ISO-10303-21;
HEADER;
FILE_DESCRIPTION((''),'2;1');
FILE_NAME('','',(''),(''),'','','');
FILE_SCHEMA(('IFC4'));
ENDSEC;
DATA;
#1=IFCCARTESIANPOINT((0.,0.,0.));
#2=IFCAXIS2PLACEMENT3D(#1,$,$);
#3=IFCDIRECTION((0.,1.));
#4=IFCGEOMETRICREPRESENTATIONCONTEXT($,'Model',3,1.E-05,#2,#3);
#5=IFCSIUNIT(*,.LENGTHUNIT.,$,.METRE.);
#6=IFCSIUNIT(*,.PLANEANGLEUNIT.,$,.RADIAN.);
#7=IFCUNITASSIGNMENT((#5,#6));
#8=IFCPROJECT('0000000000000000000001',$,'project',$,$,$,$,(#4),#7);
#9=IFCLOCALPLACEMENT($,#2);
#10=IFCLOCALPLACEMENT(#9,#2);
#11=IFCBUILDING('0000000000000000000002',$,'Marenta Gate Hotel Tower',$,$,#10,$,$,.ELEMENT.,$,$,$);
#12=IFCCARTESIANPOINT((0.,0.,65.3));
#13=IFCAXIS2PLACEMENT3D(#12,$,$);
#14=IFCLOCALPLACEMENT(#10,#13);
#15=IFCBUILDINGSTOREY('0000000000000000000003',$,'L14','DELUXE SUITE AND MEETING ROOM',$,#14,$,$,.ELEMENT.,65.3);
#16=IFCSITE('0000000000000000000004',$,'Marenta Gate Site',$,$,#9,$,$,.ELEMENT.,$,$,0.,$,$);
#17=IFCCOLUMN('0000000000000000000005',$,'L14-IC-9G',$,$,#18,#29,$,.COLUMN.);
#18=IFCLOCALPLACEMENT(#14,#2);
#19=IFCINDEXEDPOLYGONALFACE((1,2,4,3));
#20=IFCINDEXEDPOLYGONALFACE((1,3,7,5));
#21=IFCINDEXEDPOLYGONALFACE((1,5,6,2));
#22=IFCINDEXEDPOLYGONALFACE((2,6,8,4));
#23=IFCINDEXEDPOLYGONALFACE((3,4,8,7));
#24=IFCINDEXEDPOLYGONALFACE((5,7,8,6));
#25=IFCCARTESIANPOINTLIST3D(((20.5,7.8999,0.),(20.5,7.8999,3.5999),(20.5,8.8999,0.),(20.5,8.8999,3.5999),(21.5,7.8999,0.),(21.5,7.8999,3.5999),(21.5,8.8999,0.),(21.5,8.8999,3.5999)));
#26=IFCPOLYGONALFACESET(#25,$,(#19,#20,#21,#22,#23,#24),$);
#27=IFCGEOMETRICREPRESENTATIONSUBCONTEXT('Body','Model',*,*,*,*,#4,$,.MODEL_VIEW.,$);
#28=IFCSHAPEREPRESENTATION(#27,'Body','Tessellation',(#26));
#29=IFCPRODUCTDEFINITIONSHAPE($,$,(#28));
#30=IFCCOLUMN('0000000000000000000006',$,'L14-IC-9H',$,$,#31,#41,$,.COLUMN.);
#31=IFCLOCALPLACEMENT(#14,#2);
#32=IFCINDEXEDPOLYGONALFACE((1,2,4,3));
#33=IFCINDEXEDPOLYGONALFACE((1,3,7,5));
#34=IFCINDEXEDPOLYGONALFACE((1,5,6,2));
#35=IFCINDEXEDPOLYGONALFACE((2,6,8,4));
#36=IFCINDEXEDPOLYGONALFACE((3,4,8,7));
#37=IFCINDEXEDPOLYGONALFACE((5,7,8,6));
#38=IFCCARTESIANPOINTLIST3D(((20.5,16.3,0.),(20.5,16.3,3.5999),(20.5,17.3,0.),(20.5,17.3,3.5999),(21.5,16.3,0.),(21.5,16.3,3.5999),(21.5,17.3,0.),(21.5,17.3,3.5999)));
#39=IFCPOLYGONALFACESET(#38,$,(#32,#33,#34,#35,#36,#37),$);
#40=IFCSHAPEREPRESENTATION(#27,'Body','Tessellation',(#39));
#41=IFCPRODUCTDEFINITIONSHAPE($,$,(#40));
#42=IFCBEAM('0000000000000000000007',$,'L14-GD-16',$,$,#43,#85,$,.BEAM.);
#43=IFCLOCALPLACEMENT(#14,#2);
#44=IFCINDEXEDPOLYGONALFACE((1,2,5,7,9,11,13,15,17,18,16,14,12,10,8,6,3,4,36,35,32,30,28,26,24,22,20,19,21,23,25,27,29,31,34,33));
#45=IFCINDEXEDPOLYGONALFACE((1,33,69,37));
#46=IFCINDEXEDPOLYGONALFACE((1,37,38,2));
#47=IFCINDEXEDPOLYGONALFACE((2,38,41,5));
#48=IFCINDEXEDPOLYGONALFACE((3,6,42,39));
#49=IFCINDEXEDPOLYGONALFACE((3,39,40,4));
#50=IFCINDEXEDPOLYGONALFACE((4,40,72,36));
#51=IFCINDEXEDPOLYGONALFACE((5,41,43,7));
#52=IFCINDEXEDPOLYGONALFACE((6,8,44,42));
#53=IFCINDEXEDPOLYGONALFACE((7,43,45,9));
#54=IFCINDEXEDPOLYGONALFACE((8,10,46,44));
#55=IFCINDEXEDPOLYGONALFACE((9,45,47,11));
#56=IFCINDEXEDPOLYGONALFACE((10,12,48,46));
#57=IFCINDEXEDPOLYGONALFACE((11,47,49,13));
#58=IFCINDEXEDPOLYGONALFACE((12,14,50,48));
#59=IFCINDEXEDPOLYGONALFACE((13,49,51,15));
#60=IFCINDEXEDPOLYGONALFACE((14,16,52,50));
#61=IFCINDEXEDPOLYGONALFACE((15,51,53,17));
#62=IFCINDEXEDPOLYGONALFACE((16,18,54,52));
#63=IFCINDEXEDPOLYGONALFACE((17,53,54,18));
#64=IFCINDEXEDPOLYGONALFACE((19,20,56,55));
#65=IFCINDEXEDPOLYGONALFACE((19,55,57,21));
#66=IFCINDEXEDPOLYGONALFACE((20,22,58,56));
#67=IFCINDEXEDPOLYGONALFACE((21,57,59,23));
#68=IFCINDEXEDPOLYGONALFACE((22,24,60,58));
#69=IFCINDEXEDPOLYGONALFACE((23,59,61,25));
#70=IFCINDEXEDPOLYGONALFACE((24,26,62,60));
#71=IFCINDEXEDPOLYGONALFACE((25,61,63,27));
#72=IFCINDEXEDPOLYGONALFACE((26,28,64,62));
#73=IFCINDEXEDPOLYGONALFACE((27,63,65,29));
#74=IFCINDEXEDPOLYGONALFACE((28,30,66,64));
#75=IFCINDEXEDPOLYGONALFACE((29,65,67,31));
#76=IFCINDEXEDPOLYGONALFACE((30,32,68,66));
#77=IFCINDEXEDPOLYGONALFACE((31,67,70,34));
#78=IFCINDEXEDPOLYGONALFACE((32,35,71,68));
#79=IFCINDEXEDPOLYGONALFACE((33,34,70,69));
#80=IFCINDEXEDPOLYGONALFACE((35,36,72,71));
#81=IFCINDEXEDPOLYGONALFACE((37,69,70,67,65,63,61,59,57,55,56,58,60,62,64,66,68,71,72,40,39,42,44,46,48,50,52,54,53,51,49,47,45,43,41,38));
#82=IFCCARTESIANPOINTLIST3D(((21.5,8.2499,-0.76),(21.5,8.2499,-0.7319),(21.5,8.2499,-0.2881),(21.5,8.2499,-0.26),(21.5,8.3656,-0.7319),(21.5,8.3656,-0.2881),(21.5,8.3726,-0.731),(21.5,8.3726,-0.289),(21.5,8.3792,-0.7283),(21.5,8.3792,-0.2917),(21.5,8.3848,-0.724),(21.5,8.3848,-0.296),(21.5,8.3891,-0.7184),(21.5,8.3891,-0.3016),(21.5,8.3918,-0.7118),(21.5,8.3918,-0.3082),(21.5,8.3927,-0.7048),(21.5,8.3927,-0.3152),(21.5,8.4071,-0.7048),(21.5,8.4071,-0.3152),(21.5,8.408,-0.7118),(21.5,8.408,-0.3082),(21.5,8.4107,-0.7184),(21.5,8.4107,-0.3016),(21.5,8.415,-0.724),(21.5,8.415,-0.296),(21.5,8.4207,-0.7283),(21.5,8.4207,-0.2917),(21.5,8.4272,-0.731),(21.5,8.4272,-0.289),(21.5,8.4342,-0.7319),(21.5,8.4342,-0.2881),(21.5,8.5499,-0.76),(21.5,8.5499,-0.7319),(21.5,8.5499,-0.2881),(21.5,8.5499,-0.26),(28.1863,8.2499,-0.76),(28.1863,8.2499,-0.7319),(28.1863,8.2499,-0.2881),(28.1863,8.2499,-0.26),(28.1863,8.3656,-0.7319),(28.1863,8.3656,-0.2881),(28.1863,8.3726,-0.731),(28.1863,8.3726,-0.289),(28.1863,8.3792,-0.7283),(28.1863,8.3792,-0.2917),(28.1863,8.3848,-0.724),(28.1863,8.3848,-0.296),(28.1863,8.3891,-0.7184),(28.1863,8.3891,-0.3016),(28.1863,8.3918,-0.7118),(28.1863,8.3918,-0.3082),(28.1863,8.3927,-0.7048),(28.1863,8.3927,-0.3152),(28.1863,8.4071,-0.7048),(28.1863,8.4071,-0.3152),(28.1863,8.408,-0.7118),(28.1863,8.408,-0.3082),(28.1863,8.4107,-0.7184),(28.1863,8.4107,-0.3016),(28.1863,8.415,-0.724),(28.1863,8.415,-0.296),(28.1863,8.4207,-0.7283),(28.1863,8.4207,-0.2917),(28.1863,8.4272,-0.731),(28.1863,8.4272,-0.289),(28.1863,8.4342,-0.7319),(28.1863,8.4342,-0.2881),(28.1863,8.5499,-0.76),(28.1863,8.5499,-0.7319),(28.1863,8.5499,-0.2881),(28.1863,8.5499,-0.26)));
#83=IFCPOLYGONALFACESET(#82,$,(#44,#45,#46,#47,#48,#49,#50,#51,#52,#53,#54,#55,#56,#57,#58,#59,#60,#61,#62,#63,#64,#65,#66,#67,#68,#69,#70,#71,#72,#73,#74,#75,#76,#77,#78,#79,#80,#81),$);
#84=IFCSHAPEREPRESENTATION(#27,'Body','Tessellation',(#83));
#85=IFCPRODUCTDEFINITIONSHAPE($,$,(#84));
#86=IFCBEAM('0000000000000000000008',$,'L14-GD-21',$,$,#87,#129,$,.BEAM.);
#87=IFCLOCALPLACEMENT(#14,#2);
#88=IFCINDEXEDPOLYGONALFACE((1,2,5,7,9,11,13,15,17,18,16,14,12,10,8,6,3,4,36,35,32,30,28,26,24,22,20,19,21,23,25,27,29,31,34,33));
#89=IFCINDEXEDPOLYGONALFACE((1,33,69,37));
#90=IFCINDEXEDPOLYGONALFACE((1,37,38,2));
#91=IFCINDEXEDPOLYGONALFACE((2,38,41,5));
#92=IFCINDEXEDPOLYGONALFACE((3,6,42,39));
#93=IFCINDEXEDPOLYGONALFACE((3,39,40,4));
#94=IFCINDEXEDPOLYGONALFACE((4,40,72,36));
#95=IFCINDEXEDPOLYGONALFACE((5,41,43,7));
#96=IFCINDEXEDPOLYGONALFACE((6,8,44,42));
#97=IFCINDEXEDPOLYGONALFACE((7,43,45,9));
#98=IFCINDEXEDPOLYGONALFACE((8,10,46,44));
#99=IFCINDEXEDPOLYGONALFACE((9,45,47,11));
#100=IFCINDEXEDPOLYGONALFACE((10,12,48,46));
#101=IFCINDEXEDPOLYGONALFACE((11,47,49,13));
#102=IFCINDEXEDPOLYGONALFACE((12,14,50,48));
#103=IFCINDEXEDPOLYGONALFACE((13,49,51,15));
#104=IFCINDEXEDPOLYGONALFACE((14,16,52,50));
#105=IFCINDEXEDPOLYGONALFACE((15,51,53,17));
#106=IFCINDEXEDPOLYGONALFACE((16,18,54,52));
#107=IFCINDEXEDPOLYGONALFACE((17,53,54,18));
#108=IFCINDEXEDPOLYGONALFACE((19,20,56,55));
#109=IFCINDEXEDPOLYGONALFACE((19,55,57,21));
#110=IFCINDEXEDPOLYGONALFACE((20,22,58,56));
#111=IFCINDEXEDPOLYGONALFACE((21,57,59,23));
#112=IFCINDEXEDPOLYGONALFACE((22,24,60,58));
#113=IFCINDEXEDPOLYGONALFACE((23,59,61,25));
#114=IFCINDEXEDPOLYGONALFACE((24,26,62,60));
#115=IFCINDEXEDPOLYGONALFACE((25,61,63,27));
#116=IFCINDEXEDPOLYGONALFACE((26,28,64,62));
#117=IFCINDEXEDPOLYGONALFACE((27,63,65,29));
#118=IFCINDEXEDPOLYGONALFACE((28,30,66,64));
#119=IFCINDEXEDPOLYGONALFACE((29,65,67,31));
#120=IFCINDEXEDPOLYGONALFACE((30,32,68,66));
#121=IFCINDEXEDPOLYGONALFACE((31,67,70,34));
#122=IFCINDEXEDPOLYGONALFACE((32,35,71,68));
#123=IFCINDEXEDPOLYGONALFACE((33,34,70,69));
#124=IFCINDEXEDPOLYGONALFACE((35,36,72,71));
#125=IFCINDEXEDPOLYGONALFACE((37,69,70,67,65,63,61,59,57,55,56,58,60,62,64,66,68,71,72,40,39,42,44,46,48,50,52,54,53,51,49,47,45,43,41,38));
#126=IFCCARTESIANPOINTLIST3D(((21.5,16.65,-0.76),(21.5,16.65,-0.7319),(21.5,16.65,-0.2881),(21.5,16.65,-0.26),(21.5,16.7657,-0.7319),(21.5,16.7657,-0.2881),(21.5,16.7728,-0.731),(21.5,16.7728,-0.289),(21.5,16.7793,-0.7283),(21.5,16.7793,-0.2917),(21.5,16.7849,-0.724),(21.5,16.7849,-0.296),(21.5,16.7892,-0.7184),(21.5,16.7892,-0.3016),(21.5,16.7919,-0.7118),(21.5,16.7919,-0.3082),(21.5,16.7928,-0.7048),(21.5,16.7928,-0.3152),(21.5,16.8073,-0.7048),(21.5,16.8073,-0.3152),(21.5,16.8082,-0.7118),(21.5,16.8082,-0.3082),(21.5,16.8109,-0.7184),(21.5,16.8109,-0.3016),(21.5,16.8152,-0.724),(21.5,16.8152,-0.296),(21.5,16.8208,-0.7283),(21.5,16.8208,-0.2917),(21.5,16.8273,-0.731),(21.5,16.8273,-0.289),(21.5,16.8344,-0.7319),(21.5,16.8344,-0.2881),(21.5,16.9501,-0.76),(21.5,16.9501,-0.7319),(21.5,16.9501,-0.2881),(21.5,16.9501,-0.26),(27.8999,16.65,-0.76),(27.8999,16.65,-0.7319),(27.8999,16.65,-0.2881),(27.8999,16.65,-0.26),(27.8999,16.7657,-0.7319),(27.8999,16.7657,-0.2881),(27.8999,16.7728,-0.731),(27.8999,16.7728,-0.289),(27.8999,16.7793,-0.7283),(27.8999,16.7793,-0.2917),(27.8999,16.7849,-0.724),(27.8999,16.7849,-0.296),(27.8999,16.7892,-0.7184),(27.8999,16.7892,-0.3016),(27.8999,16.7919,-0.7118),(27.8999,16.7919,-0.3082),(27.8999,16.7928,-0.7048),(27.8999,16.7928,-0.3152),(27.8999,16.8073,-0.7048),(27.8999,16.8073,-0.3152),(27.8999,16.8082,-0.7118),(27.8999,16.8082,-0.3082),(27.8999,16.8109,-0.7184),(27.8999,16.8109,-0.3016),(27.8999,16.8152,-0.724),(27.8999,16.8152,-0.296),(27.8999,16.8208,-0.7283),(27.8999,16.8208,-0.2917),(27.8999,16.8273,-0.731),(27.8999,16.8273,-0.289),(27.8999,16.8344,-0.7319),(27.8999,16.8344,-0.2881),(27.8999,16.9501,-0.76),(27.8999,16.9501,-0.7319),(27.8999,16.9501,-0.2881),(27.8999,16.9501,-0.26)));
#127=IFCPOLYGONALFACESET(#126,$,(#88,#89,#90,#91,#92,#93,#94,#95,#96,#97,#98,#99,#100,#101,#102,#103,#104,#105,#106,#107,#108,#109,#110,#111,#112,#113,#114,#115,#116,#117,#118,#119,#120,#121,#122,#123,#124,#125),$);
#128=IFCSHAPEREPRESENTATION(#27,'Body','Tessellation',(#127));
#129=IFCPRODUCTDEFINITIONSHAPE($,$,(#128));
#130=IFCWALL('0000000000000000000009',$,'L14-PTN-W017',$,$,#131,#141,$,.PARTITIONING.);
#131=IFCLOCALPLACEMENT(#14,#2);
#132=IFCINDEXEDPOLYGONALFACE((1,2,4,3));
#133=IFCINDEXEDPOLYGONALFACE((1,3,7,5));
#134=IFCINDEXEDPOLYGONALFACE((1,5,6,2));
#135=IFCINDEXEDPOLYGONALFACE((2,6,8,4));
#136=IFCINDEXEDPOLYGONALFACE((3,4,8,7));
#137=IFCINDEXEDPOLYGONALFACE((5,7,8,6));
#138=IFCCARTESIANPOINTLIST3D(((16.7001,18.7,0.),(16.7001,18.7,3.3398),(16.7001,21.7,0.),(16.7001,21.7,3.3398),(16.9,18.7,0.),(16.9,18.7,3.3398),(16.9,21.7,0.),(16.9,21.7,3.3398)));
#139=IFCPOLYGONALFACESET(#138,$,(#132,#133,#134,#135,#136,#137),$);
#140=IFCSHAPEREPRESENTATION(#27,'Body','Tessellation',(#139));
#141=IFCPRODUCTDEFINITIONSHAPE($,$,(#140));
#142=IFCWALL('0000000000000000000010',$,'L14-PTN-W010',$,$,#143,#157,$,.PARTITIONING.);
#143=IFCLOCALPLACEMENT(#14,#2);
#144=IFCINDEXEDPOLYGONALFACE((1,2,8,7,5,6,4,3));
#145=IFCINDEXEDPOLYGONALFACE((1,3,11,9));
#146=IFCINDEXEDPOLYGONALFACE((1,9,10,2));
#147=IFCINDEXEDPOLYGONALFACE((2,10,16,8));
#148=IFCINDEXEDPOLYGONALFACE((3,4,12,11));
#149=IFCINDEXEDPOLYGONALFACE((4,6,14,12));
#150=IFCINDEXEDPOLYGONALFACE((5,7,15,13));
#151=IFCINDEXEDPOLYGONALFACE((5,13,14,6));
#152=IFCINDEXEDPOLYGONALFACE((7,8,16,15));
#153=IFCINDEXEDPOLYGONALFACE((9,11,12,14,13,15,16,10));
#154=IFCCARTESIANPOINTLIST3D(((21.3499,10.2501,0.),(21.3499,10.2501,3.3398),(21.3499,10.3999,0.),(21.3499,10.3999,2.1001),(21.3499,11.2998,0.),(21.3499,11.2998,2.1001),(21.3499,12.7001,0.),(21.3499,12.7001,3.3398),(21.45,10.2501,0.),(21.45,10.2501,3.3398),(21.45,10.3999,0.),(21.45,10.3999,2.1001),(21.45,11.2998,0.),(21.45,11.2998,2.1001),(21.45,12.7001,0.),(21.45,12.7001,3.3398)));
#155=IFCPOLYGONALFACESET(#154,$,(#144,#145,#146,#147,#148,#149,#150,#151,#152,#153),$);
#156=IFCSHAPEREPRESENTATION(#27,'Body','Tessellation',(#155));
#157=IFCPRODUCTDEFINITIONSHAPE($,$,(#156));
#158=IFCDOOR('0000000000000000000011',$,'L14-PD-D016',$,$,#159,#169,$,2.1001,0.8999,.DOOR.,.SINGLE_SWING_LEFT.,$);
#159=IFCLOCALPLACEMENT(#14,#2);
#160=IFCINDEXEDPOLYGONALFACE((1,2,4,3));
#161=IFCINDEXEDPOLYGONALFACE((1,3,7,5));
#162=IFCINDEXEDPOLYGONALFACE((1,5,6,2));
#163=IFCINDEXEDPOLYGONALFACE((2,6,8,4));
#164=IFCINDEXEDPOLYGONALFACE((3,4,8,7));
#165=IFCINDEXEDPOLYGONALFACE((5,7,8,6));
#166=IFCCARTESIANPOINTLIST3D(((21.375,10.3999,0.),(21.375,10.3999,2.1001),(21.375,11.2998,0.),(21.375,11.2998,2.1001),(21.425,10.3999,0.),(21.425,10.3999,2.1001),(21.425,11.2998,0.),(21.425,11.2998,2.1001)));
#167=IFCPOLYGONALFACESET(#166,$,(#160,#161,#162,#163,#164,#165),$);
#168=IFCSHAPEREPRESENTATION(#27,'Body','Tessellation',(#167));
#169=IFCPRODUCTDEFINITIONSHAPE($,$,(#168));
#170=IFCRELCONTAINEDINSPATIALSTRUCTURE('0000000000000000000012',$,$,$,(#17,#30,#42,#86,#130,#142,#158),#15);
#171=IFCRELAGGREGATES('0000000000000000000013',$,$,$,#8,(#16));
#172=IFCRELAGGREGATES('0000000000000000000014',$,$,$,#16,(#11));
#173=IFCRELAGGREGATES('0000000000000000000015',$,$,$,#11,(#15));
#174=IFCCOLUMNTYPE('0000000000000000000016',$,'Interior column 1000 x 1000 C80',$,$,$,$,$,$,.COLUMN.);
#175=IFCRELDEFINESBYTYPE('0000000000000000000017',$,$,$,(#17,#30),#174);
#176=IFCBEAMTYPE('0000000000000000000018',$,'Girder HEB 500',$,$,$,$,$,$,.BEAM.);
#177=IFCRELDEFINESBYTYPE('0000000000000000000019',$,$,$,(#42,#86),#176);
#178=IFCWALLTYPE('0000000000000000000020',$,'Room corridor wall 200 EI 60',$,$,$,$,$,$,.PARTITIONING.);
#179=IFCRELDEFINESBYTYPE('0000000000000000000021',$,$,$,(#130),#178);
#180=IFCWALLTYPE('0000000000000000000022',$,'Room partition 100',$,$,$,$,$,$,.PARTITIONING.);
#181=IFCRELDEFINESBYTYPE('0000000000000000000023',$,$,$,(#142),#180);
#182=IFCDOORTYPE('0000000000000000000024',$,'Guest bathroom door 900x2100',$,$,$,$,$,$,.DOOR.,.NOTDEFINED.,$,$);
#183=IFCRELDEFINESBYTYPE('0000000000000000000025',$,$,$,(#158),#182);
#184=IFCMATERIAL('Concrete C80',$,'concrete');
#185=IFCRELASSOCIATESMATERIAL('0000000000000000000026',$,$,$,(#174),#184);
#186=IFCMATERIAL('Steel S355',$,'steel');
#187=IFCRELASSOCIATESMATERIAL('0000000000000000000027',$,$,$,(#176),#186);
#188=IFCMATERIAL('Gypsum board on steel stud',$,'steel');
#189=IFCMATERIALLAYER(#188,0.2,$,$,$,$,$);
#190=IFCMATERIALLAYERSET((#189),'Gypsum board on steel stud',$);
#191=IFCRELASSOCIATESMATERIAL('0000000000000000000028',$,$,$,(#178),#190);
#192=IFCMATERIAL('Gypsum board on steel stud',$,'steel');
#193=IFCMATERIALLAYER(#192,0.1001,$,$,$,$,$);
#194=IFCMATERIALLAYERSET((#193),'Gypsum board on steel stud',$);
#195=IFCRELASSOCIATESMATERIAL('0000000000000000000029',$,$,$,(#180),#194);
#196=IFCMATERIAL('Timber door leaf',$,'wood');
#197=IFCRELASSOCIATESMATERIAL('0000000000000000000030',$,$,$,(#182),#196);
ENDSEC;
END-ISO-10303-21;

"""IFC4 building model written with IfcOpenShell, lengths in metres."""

from ifc_helpers import new_model, si_unit, direction, frame, frame_2d, origin, origin_2d, place, context, subcontext, project, spatial, rectangle, i_section, extrude, material, layer, layer_set, material_profile, profile_set, type_object, element, fill, save


model = new_model("IFC4")

# Units and contexts
model_context = context("Model", 3, precision=1e-05, world=origin(), true_north=direction((0.0, 1.0)))
body_context = subcontext(model_context, "Body", "Model", "MODEL_VIEW")
ifc_project = project(units=[si_unit("LENGTHUNIT", "METRE"), si_unit("PLANEANGLEUNIT", "RADIAN")], contexts=[model_context])

# Site, building, storey
site_placement = place(None, origin())
site = spatial("IfcSite", under=ifc_project, at=site_placement, Name="Marenta Gate Site", CompositionType="ELEMENT", RefElevation=0.0)
building_placement = place(site_placement, origin())
building = spatial("IfcBuilding", under=site, at=building_placement, Name="Marenta Gate Hotel Tower", CompositionType="ELEMENT")
storey_placement = place(building_placement, frame((0.0, 0.0, 65.3)))
storey = spatial("IfcBuildingStorey", under=building, at=storey_placement, Name="L14", Description="DELUXE SUITE AND MEETING ROOM", CompositionType="ELEMENT", Elevation=65.3)

# Columns
ifc_material_1 = material(Name="Concrete C80", Category="concrete")
ifc_material_profile_1 = material_profile(ifc_material_1, rectangle(XDim=1.0, YDim=1.0, at=origin_2d()), Name="1000 x 1000")
ifc_profile_set_1 = profile_set([ifc_material_profile_1], Name="Concrete C80")
column_type = type_object("IfcColumnType", Name="Interior column 1000 x 1000 C80", PredefinedType="COLUMN", material=ifc_profile_set_1)
for number, where, z_axis, x_axis, name in (
    (1, (21.0, 8.3999, 0.0), (0.0, 0.0, 1.0), (1.0, 0.0, 0.0), "L14-IC-9G"),
    (2, (21.0, 16.8, 0.0), (0.0, 0.0, 1.0), (1.0, 0.0, 0.0), "L14-IC-9H"),
):
    element("IfcColumn", number, at=place(storey_placement, frame(where, z_axis=z_axis, x_axis=x_axis)), inside=storey, type_object=column_type, Name=name, PredefinedType="COLUMN", context=body_context, shape_type="SweptSolid", body=[
        extrude(rectangle(XDim=1.0, YDim=1.0, at=origin_2d()), origin(), (0.0, 0.0, 1.0), 3.5999),
    ])

# Beams
ifc_material_2 = material(Name="Steel S355", Category="steel")
ifc_material_profile_2 = material_profile(ifc_material_2, i_section(OverallWidth=0.3, OverallDepth=0.5, WebThickness=0.0144, FlangeThickness=0.0281, FilletRadius=0.0271, at=origin_2d()), Name="HEB 500")
ifc_profile_set_2 = profile_set([ifc_material_profile_2], Name="Steel S355")
beam_type = type_object("IfcBeamType", Name="Girder HEB 500", PredefinedType="BEAM", material=ifc_profile_set_2)
beam_1_placement = place(storey_placement, frame((21.5, 8.3999, -0.51), z_axis=(1.0, 0.0, 0.0), x_axis=(0.0, 1.0, 0.0)))
element("IfcBeam", 3, at=beam_1_placement, inside=storey, type_object=beam_type, Name="L14-GD-16", PredefinedType="BEAM", context=body_context, shape_type="SweptSolid", body=[
    extrude(i_section(OverallWidth=0.3, OverallDepth=0.5, WebThickness=0.0144, FlangeThickness=0.0281, FilletRadius=0.0271, at=origin_2d()), origin(), (0.0, 0.0, 1.0), 6.6863),
])
beam_2_placement = place(storey_placement, frame((21.5, 16.8, -0.51), z_axis=(1.0, 0.0, 0.0), x_axis=(0.0, 1.0, 0.0)))
element("IfcBeam", 4, at=beam_2_placement, inside=storey, type_object=beam_type, Name="L14-GD-21", PredefinedType="BEAM", context=body_context, shape_type="SweptSolid", body=[
    extrude(i_section(OverallWidth=0.3, OverallDepth=0.5, WebThickness=0.0144, FlangeThickness=0.0281, FilletRadius=0.0271, at=origin_2d()), origin(), (0.0, 0.0, 1.0), 6.3999),
])

# Wall
ifc_material_3 = material(Name="Gypsum board on steel stud", Category="steel")
ifc_layer_1 = layer(ifc_material_3, 0.2)
ifc_layer_set_1 = layer_set([ifc_layer_1], Name="Gypsum board on steel stud")
wall_type_1 = type_object("IfcWallType", Name="Room corridor wall 200 EI 60", PredefinedType="PARTITIONING", material=ifc_layer_set_1)
wall_1_placement = place(storey_placement, frame((16.8, 18.7, 0.0), z_axis=(0.0, 0.0, 1.0), x_axis=(0.0, 1.0, 0.0)))
element("IfcWall", 5, at=wall_1_placement, inside=storey, type_object=wall_type_1, Name="L14-PTN-W017", PredefinedType="PARTITIONING", context=body_context, shape_type="SweptSolid", body=[
    extrude(rectangle(XDim=3.0, YDim=0.2, at=frame_2d((1.5, 0.0))), origin(), (0.0, 0.0, 1.0), 3.3398),
])

# Wall, opening, door
ifc_material_4 = material(Name="Gypsum board on steel stud", Category="steel")
ifc_layer_2 = layer(ifc_material_4, 0.1001)
ifc_layer_set_2 = layer_set([ifc_layer_2], Name="Gypsum board on steel stud")
wall_type_2 = type_object("IfcWallType", Name="Room partition 100", PredefinedType="PARTITIONING", material=ifc_layer_set_2)
wall_2_placement = place(storey_placement, frame((21.3999, 10.25, 0.0), z_axis=(0.0, 0.0, 1.0), x_axis=(0.0, 1.0, 0.0)))
wall_2 = element("IfcWall", 6, at=wall_2_placement, inside=storey, type_object=wall_type_2, Name="L14-PTN-W010", PredefinedType="PARTITIONING", context=body_context, shape_type="SweptSolid", body=[
    extrude(rectangle(XDim=2.45, YDim=0.1001, at=frame_2d((1.2251, 0.0))), origin(), (0.0, 0.0, 1.0), 3.3398),
])
opening_1_placement = place(wall_2_placement, frame((0.1499, 0.0, 0.0)))
opening_1 = element("IfcOpeningElement", 7, at=opening_1_placement, cuts=wall_2, PredefinedType="OPENING", context=body_context, shape_type="SweptSolid", body=[
    extrude(rectangle(XDim=0.8999, YDim=2.1001, at=frame_2d((0.45, 1.05))), frame((0.0, 0.05, 0.0), z_axis=(0.0, -1.0, 0.0), x_axis=(1.0, 0.0, 0.0)), (0.0, 0.0, 1.0), 0.1001),
])
ifc_material_5 = material(Name="Timber door leaf", Category="wood")
door_type_1 = type_object("IfcDoorType", Name="Guest bathroom door 900x2100", OperationType="NOTDEFINED", PredefinedType="DOOR", material=ifc_material_5)
door_1_placement = place(opening_1_placement, origin())
door_1 = element("IfcDoor", 8, at=door_1_placement, inside=storey, type_object=door_type_1, Name="L14-PD-D016", OperationType="SINGLE_SWING_LEFT", OverallHeight=2.1001, OverallWidth=0.8999, PredefinedType="DOOR", context=body_context, shape_type="SweptSolid", body=[
    extrude(rectangle(XDim=0.8999, YDim=2.1001, at=frame_2d((0.45, 1.05))), frame((0.0, 0.0249, 0.0), z_axis=(0.0, -1.0, 0.0), x_axis=(1.0, 0.0, 0.0)), (0.0, 0.0, 1.0), 0.05),
])
fill(opening_1, door_1)

save(model, "model.ifc")
